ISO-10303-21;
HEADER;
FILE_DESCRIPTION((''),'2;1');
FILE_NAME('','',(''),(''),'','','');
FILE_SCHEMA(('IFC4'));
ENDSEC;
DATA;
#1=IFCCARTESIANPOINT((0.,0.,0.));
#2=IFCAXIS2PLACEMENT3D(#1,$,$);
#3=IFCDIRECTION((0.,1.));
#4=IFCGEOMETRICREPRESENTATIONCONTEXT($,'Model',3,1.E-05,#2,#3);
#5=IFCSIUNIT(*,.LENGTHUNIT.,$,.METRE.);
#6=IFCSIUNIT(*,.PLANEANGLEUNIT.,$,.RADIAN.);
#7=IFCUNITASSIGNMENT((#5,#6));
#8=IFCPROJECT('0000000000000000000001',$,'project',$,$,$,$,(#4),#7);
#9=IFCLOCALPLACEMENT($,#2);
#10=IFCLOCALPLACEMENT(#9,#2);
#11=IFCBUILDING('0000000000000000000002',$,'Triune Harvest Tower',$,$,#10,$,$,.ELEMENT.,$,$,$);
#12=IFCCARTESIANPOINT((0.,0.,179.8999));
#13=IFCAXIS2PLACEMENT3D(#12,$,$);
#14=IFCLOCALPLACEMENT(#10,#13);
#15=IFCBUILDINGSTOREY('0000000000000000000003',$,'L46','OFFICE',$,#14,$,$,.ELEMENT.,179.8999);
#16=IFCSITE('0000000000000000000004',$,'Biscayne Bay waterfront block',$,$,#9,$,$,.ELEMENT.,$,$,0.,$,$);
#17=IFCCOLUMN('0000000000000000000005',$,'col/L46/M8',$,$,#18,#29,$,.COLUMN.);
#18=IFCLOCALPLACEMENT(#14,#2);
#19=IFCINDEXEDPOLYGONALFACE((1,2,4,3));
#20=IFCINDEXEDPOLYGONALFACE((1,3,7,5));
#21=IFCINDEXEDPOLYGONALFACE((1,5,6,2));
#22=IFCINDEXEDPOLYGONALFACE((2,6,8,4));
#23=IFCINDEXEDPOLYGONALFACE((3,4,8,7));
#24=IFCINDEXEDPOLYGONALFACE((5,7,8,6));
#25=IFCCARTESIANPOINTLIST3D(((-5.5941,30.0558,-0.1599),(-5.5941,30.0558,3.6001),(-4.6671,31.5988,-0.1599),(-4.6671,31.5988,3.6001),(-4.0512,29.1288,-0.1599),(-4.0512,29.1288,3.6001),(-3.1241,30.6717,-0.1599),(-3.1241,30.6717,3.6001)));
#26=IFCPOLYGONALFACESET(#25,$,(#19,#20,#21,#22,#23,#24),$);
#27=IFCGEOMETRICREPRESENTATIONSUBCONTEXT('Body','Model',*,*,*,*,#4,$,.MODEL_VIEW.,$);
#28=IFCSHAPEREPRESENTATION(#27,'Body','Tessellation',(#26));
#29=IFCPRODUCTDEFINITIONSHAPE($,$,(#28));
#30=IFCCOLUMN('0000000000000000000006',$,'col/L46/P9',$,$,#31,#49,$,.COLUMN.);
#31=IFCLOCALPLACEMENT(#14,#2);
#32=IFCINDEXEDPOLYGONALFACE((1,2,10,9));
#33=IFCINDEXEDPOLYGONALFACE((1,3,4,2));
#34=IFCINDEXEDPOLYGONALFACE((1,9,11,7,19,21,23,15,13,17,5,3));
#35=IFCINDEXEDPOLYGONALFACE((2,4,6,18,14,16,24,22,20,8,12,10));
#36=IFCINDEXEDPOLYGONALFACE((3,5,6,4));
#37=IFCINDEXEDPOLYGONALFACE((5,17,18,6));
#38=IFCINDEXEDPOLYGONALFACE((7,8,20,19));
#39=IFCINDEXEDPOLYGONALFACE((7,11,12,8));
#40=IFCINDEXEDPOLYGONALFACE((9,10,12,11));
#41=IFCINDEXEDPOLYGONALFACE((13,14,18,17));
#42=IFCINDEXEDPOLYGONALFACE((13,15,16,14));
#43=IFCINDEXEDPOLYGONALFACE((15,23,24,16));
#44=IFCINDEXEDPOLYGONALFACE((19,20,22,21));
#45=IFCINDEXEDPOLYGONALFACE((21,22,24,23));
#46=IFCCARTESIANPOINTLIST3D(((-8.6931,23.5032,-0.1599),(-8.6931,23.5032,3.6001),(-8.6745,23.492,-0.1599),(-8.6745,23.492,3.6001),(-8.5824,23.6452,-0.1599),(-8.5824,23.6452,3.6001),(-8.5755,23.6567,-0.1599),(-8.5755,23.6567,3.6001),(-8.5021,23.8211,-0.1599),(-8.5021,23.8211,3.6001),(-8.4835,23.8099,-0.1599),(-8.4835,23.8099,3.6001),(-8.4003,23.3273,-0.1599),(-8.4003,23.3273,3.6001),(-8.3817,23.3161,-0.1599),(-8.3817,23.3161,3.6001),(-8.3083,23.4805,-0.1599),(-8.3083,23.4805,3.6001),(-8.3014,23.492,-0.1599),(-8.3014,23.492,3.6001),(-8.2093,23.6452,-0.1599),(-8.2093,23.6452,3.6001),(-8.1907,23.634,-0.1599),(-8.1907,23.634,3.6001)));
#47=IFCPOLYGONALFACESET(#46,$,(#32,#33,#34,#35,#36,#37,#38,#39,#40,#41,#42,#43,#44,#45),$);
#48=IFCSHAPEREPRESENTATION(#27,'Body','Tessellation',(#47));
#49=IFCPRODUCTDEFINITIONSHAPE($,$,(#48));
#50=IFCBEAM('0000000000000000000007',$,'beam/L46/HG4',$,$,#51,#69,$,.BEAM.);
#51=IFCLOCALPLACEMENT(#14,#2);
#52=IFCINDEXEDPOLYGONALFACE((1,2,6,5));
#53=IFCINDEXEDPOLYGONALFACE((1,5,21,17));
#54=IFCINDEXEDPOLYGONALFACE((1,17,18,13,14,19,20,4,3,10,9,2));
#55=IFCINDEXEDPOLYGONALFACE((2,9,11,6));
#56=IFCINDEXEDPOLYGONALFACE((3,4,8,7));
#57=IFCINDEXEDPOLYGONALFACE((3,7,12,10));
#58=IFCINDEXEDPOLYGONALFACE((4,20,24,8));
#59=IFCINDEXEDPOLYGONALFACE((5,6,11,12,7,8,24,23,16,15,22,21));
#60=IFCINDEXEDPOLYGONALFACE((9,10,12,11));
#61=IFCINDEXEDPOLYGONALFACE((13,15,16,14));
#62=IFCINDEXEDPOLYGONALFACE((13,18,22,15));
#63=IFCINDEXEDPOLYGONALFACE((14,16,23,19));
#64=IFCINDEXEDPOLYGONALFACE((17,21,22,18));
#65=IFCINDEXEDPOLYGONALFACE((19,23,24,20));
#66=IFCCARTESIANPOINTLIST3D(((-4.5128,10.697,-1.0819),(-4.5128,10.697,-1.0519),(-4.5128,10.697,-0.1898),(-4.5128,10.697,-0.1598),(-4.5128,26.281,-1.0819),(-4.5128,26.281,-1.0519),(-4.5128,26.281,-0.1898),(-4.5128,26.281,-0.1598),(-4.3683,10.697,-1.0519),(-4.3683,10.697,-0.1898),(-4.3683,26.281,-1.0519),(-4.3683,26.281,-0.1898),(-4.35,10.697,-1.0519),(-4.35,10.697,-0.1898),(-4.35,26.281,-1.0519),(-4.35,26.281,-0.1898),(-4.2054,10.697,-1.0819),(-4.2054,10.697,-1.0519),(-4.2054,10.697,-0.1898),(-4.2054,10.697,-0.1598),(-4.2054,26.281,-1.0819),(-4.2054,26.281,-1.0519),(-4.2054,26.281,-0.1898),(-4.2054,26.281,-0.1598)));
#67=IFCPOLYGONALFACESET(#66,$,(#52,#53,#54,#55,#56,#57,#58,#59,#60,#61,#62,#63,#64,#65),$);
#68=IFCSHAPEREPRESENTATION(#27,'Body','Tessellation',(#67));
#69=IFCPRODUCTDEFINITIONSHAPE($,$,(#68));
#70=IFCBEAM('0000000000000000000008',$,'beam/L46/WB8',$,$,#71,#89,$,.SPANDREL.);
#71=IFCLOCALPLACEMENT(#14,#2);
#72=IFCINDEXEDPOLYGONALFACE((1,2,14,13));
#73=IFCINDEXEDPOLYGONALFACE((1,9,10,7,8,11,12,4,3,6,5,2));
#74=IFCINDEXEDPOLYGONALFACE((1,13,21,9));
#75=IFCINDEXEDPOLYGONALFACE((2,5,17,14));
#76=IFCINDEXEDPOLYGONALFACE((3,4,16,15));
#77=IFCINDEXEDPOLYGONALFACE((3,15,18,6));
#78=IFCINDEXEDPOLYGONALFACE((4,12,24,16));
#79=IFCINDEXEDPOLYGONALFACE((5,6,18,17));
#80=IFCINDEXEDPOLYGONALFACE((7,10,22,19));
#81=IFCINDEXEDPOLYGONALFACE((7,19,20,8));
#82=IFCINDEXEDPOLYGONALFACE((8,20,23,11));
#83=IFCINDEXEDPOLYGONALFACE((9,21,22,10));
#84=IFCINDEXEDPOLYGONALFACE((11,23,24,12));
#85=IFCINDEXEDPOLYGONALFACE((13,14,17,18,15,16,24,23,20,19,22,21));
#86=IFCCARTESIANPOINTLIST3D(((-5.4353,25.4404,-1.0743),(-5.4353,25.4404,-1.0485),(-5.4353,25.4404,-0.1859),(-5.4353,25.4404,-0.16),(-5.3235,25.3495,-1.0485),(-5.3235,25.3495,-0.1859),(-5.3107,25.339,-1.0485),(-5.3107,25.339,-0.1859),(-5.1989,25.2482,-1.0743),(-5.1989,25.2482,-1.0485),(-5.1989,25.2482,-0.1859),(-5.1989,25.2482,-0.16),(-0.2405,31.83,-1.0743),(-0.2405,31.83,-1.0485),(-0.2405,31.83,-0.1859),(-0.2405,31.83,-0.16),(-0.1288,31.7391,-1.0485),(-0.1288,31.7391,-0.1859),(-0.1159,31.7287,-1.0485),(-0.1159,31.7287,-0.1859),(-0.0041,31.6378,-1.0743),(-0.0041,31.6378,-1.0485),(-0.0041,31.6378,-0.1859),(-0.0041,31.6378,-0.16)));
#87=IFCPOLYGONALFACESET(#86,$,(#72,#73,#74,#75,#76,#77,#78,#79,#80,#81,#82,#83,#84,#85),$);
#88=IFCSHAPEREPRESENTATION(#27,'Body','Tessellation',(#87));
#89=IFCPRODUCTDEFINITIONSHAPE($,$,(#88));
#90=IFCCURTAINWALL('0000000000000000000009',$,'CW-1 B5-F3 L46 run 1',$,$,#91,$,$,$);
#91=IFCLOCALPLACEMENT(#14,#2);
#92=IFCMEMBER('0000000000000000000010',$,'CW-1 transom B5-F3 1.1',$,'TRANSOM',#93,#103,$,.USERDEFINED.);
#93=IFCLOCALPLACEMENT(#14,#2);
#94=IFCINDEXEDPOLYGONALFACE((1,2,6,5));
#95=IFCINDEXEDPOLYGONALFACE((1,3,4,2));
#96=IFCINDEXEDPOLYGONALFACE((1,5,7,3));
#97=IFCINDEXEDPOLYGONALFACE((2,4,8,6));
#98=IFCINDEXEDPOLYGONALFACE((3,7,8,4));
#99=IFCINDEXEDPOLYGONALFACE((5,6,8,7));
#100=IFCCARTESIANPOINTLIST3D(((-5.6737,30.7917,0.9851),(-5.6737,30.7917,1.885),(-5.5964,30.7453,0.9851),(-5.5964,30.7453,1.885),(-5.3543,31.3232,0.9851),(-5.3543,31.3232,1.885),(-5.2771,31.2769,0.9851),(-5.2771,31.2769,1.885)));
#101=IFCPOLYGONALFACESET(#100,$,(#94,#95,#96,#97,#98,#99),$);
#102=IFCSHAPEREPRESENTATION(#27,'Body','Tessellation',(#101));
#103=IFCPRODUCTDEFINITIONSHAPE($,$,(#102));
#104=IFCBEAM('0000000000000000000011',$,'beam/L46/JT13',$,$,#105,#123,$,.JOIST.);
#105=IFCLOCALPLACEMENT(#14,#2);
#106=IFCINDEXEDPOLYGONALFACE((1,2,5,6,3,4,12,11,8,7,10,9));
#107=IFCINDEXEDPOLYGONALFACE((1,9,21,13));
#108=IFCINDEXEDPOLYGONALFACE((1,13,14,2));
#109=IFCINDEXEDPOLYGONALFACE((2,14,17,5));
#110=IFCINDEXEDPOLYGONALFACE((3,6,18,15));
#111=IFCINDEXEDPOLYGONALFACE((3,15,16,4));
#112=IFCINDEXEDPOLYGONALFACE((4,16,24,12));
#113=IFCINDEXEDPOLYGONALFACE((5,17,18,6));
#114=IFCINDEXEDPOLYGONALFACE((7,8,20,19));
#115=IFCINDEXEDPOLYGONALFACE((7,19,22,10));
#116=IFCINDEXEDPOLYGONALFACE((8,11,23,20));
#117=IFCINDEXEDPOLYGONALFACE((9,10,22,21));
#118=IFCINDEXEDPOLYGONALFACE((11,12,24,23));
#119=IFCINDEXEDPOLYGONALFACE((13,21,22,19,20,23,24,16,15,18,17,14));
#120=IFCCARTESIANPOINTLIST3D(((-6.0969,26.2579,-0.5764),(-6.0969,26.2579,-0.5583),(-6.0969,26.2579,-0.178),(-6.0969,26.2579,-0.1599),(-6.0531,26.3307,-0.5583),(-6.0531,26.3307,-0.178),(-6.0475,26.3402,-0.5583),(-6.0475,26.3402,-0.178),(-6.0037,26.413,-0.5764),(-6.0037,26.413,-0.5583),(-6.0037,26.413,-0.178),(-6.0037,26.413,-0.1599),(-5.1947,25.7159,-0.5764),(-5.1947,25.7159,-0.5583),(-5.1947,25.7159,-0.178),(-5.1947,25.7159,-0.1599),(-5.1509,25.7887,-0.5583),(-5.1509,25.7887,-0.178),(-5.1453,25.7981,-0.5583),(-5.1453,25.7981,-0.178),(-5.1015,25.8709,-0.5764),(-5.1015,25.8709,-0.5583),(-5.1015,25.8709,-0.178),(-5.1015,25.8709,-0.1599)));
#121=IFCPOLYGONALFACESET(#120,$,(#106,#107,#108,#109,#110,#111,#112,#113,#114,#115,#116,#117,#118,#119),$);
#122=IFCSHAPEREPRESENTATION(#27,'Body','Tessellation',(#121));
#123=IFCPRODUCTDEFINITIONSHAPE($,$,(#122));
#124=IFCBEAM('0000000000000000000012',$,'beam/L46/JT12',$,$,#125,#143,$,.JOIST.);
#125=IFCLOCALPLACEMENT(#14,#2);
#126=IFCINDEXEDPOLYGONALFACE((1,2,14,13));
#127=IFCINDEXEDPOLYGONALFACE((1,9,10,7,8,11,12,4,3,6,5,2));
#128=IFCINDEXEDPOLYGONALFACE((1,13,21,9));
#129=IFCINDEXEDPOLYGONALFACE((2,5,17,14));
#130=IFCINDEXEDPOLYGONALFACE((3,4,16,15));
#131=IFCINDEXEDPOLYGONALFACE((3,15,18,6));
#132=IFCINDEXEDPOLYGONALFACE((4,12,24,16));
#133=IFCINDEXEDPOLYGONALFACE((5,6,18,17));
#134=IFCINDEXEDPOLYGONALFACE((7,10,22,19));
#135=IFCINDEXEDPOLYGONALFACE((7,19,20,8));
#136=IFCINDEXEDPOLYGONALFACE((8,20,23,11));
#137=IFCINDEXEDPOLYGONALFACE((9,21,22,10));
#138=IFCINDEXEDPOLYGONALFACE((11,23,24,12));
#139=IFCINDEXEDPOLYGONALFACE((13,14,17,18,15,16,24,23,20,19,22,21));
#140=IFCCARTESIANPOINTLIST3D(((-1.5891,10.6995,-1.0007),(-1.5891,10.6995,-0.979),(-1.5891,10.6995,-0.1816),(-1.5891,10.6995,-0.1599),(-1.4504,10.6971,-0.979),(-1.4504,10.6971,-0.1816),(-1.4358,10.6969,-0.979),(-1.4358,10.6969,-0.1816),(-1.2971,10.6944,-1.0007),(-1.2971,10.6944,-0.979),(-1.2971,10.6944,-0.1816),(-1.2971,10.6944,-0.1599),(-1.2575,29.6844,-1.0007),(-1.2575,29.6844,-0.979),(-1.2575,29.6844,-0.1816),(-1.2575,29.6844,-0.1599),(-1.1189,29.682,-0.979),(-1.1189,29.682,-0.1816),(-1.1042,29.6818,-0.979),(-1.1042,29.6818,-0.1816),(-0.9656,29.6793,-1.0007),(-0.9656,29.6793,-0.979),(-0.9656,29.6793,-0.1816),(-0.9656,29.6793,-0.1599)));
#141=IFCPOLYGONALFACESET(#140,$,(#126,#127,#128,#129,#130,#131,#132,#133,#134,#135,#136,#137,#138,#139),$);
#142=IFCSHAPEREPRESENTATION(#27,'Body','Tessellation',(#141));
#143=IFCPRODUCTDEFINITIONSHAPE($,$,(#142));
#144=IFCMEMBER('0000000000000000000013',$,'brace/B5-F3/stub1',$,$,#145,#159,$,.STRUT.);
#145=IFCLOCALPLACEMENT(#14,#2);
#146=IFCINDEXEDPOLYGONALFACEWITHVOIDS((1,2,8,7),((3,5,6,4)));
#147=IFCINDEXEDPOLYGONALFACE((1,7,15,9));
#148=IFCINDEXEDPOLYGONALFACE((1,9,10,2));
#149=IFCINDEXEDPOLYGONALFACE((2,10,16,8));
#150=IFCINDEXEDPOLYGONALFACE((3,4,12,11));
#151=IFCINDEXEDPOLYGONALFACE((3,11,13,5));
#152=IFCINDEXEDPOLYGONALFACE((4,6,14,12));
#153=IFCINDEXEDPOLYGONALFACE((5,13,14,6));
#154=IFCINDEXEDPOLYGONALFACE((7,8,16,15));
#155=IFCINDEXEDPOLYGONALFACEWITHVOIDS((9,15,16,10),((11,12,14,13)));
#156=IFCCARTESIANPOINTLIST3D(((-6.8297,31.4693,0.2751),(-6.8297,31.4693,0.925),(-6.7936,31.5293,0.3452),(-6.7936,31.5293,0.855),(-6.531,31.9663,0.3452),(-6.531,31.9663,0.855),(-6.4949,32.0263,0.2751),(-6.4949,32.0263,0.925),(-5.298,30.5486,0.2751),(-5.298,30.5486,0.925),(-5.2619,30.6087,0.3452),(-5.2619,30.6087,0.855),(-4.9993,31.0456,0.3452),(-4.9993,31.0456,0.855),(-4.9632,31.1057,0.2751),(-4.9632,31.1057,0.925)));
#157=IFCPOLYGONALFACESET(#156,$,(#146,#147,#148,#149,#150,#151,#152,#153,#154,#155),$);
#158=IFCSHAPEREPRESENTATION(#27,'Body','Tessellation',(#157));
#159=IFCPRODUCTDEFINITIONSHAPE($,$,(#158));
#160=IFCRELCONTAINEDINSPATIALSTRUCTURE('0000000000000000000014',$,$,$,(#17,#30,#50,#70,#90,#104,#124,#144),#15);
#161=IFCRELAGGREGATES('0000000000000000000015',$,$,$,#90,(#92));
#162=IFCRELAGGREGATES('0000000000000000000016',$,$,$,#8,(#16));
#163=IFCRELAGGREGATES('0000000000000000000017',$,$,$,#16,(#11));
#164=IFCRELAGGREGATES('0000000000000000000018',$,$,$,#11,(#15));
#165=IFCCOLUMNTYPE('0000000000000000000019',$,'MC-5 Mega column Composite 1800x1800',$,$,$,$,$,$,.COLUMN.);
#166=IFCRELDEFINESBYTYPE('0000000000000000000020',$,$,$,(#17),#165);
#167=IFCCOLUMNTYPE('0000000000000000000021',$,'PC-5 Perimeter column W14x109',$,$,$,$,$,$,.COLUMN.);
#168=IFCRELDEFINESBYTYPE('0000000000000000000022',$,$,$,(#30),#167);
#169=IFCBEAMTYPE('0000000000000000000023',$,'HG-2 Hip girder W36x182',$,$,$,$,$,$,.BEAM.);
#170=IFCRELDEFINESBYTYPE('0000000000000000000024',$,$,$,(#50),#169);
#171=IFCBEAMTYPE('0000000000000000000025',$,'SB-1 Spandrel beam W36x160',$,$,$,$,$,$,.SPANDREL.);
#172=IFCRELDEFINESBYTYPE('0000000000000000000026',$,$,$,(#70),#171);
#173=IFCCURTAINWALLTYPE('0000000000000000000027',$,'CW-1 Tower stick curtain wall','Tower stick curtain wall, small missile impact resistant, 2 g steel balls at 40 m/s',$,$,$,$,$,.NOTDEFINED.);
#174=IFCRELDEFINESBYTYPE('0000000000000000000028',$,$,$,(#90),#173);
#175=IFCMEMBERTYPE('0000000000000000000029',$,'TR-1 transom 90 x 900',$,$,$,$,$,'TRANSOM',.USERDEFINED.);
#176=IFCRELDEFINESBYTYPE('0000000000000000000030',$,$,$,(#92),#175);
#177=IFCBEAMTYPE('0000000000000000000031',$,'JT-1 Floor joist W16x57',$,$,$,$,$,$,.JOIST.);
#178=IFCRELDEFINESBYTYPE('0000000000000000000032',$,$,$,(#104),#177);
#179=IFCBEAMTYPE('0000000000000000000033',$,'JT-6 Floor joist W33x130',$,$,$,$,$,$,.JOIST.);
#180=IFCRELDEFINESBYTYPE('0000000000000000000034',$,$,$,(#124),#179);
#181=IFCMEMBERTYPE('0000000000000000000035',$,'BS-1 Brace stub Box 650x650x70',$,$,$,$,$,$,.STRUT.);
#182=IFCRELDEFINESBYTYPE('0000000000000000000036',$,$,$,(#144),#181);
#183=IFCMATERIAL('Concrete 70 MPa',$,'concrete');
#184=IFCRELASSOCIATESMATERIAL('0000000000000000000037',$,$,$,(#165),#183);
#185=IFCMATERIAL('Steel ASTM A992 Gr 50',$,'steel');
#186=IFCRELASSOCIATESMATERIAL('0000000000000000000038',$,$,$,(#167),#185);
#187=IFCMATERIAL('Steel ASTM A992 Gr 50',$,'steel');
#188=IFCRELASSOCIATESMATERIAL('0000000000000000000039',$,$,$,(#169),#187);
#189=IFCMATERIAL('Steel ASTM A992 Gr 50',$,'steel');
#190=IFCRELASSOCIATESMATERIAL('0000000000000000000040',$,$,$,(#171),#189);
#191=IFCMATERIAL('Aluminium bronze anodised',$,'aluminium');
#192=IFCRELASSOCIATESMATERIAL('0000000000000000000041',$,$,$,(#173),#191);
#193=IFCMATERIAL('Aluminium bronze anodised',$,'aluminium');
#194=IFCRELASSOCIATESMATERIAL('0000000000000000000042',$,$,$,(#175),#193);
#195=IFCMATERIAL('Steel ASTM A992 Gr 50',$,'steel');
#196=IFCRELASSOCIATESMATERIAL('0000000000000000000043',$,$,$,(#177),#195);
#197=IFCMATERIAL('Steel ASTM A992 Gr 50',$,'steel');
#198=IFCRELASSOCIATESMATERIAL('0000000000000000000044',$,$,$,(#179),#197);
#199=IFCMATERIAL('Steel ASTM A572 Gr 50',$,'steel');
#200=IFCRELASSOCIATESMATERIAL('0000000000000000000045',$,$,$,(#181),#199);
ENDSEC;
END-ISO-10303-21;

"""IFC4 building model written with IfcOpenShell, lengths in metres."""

from ifc_helpers import new_model, si_unit, direction, frame, origin, origin_2d, place, context, subcontext, project, spatial, rectangle, hollow_rectangle, i_section, extrude, source, transform, mapped, material, material_profile, profile_set, type_object, element, aggregate, save


model = new_model("IFC4")

# Units and contexts
model_context = context("Model", 3, precision=1e-05, world=origin(), true_north=direction((0.0, 1.0)))
body_context = subcontext(model_context, "Body", "Model", "MODEL_VIEW")
ifc_project = project(units=[si_unit("LENGTHUNIT", "METRE"), si_unit("PLANEANGLEUNIT", "RADIAN")], contexts=[model_context])

# Site, building, storey
site_placement = place(None, origin())
site = spatial("IfcSite", under=ifc_project, at=site_placement, Name="Biscayne Bay waterfront block", CompositionType="ELEMENT", RefElevation=0.0)
building_placement = place(site_placement, origin())
building = spatial("IfcBuilding", under=site, at=building_placement, Name="Triune Harvest Tower", CompositionType="ELEMENT")
storey_placement = place(building_placement, frame((0.0, 0.0, 179.8999)))
storey = spatial("IfcBuildingStorey", under=building, at=storey_placement, Name="L46", Description="OFFICE", CompositionType="ELEMENT", Elevation=179.8999)

# Columns
ifc_material_1 = material(Name="Concrete 70 MPa", Category="concrete")
ifc_material_profile_1 = material_profile(ifc_material_1, rectangle(XDim=1.8, YDim=1.8, at=origin_2d()), Name="Composite 1800x1800")
ifc_profile_set_1 = profile_set([ifc_material_profile_1], Name="Concrete 70 MPa")
column_type_1 = type_object("IfcColumnType", Name="MC-5 Mega column Composite 1800x1800", PredefinedType="COLUMN", material=ifc_profile_set_1)
shared_shape_1 = source(origin(), body_context, "Body", "SweptSolid", [
    extrude(rectangle(XDim=1.8, YDim=1.8, at=origin_2d()), origin(), (0.0, 0.0, 1.0), 3.76),
])
column_1_placement = place(storey_placement, frame((-4.3591, 30.3638, -0.1599), z_axis=(0.0, 0.0, 1.0), x_axis=(-0.515037, -0.857168, 0.0)))
element("IfcColumn", 1, at=column_1_placement, inside=storey, type_object=column_type_1, Name="col/L46/M8", PredefinedType="COLUMN", context=body_context, shape_type="MappedRepresentation", body=[
    mapped(shared_shape_1, transform((0.0, 0.0, 0.0), scale=1.0)),
])
ifc_material_2 = material(Name="Steel ASTM A992 Gr 50", Category="steel")
ifc_material_profile_2 = material_profile(ifc_material_2, i_section(OverallWidth=0.3708, OverallDepth=0.3633, WebThickness=0.0134, FlangeThickness=0.0217, at=origin_2d()), Name="W14x109")
ifc_profile_set_2 = profile_set([ifc_material_profile_2], Name="Steel ASTM A992 Gr 50")
column_type_2 = type_object("IfcColumnType", Name="PC-5 Perimeter column W14x109", PredefinedType="COLUMN", material=ifc_profile_set_2)
shared_shape_2 = source(origin(), body_context, "Body", "SweptSolid", [
    extrude(i_section(OverallWidth=0.3708, OverallDepth=0.3633, WebThickness=0.0134, FlangeThickness=0.0217, at=origin_2d()), origin(), (0.0, 0.0, 1.0), 3.76),
])
column_2_placement = place(storey_placement, frame((-8.4419, 23.5686, -0.1599), z_axis=(0.0, 0.0, 1.0), x_axis=(-0.515037, -0.857168, 0.0)))
element("IfcColumn", 2, at=column_2_placement, inside=storey, type_object=column_type_2, Name="col/L46/P9", PredefinedType="COLUMN", context=body_context, shape_type="MappedRepresentation", body=[
    mapped(shared_shape_2, transform((0.0, 0.0, 0.0), scale=1.0)),
])

# Beams
ifc_material_3 = material(Name="Steel ASTM A992 Gr 50", Category="steel")
ifc_material_profile_3 = material_profile(ifc_material_3, i_section(OverallWidth=0.3074, OverallDepth=0.9221, WebThickness=0.0183, FlangeThickness=0.03, at=origin_2d()), Name="W36x182")
ifc_profile_set_3 = profile_set([ifc_material_profile_3], Name="Steel ASTM A992 Gr 50")
beam_type_1 = type_object("IfcBeamType", Name="HG-2 Hip girder W36x182", PredefinedType="BEAM", material=ifc_profile_set_3)
beam_1_placement = place(storey_placement, frame((-4.3591, 26.281, -0.6208), z_axis=(0.0, -1.0, 0.0), x_axis=(1.0, 0.0, 0.0)))
element("IfcBeam", 3, at=beam_1_placement, inside=storey, type_object=beam_type_1, Name="beam/L46/HG4", PredefinedType="BEAM", context=body_context, shape_type="SweptSolid", body=[
    extrude(i_section(OverallWidth=0.3074, OverallDepth=0.9221, WebThickness=0.0183, FlangeThickness=0.03, at=origin_2d()), origin(), (0.0, 0.0, 1.0), 15.584),
])
ifc_material_4 = material(Name="Steel ASTM A992 Gr 50", Category="steel")
ifc_material_profile_4 = material_profile(ifc_material_4, i_section(OverallWidth=0.3047, OverallDepth=0.9143, WebThickness=0.0166, FlangeThickness=0.0259, at=origin_2d()), Name="W36x160")
ifc_profile_set_4 = profile_set([ifc_material_profile_4], Name="Steel ASTM A992 Gr 50")
beam_type_2 = type_object("IfcBeamType", Name="SB-1 Spandrel beam W36x160", PredefinedType="SPANDREL", material=ifc_profile_set_4)
beam_2_placement = place(storey_placement, frame((-0.1223, 31.7339, -0.6172), z_axis=(-0.630829, -0.775922, 0.0), x_axis=(0.775922, -0.630829, 0.0)))
element("IfcBeam", 4, at=beam_2_placement, inside=storey, type_object=beam_type_2, Name="beam/L46/WB8", PredefinedType="SPANDREL", context=body_context, shape_type="SweptSolid", body=[
    extrude(i_section(OverallWidth=0.3047, OverallDepth=0.9143, WebThickness=0.0166, FlangeThickness=0.0259, at=origin_2d()), origin(), (0.0, 0.0, 1.0), 8.2349),
])

# Curtain wall, member
ifc_material_5 = material(Name="Aluminium bronze anodised", Category="aluminium")
curtain_wall_type_1 = type_object("IfcCurtainWallType", Name="CW-1 Tower stick curtain wall", Description="Tower stick curtain wall, small missile impact resistant, 2 g steel balls at 40 m/s", PredefinedType="NOTDEFINED", material=ifc_material_5)
curtain_wall_1_placement = place(storey_placement, origin())
curtain_wall_1 = element("IfcCurtainWall", 5, at=curtain_wall_1_placement, inside=storey, type_object=curtain_wall_type_1, Name="CW-1 B5-F3 L46 run 1")
ifc_material_6 = material(Name="Aluminium bronze anodised", Category="aluminium")
ifc_material_profile_5 = material_profile(ifc_material_6, rectangle(XDim=0.0901, YDim=0.8999, at=origin_2d()), Name="TR-1 transom 90 x 900")
ifc_profile_set_5 = profile_set([ifc_material_profile_5], Name="Aluminium bronze anodised")
member_type_1 = type_object("IfcMemberType", Name="TR-1 transom 90 x 900", ElementType="TRANSOM", PredefinedType="USERDEFINED", material=ifc_profile_set_5)
member_1_placement = place(storey_placement, frame((-5.3157, 31.3, 1.4351), z_axis=(-0.515017, -0.85718, 0.0), x_axis=(0.85718, -0.515017, 0.0)))
member_1 = element("IfcMember", 6, at=member_1_placement, type_object=member_type_1, Name="CW-1 transom B5-F3 1.1", ObjectType="TRANSOM", PredefinedType="USERDEFINED", context=body_context, shape_type="SweptSolid", body=[
    extrude(rectangle(XDim=0.0901, YDim=0.8999, at=origin_2d()), origin(), (0.0, 0.0, 1.0), 0.6201),
])

# Beams
ifc_material_7 = material(Name="Steel ASTM A992 Gr 50", Category="steel")
ifc_material_profile_6 = material_profile(ifc_material_7, i_section(OverallWidth=0.1809, OverallDepth=0.4165, WebThickness=0.011, FlangeThickness=0.0181, at=origin_2d()), Name="W16x57")
ifc_profile_set_6 = profile_set([ifc_material_profile_6], Name="Steel ASTM A992 Gr 50")
beam_type_3 = type_object("IfcBeamType", Name="JT-1 Floor joist W16x57", PredefinedType="JOIST", material=ifc_profile_set_6)
shared_shape_3 = source(origin(), body_context, "Body", "SweptSolid", [
    extrude(i_section(OverallWidth=0.1809, OverallDepth=0.4165, WebThickness=0.011, FlangeThickness=0.0181, at=origin_2d()), origin(), (0.0, 0.0, 1.0), 1.0525),
])
beam_3_placement = place(storey_placement, frame((-6.0503, 26.3354, -0.3682), z_axis=(0.857186, -0.515007, 0.0), x_axis=(0.515007, 0.857186, 0.0)))
element("IfcBeam", 7, at=beam_3_placement, inside=storey, type_object=beam_type_3, Name="beam/L46/JT13", PredefinedType="JOIST", context=body_context, shape_type="MappedRepresentation", body=[
    mapped(shared_shape_3, transform((0.0, 0.0, 0.0), scale=1.0)),
])
ifc_material_8 = material(Name="Steel ASTM A992 Gr 50", Category="steel")
ifc_material_profile_7 = material_profile(ifc_material_8, i_section(OverallWidth=0.292, OverallDepth=0.8408, WebThickness=0.0146, FlangeThickness=0.0217, at=origin_2d()), Name="W33x130")
ifc_profile_set_7 = profile_set([ifc_material_profile_7], Name="Steel ASTM A992 Gr 50")
beam_type_4 = type_object("IfcBeamType", Name="JT-6 Floor joist W33x130", PredefinedType="JOIST", material=ifc_profile_set_7)
shared_shape_4 = source(origin(), body_context, "Body", "SweptSolid", [
    extrude(i_section(OverallWidth=0.292, OverallDepth=0.8408, WebThickness=0.0146, FlangeThickness=0.0217, at=origin_2d()), origin(), (0.0, 0.0, 1.0), 18.9878),
])
beam_4_placement = place(storey_placement, frame((-1.1116, 29.6819, -0.5803), z_axis=(-0.017461, -0.999848, 0.0), x_axis=(0.999848, -0.017461, 0.0)))
element("IfcBeam", 8, at=beam_4_placement, inside=storey, type_object=beam_type_4, Name="beam/L46/JT12", PredefinedType="JOIST", context=body_context, shape_type="MappedRepresentation", body=[
    mapped(shared_shape_4, transform((0.0, 0.0, 0.0), scale=1.0)),
])

# Member
ifc_material_9 = material(Name="Steel ASTM A572 Gr 50", Category="steel")
ifc_material_profile_8 = material_profile(ifc_material_9, hollow_rectangle(XDim=0.6499, YDim=0.6499, WallThickness=0.0701, at=origin_2d()), Name="Box 650x650x70")
ifc_profile_set_8 = profile_set([ifc_material_profile_8], Name="Steel ASTM A572 Gr 50")
member_type_2 = type_object("IfcMemberType", Name="BS-1 Brace stub Box 650x650x70", PredefinedType="STRUT", material=ifc_profile_set_8)
shared_shape_5 = source(origin(), body_context, "Body", "SweptSolid", [
    extrude(hollow_rectangle(XDim=0.6499, YDim=0.6499, WallThickness=0.0701, at=origin_2d()), origin(), (0.0, 0.0, 1.0), 1.7871),
])
member_2_placement = place(storey_placement, frame((-5.1306, 30.8271, 0.6001), z_axis=(-0.857095, 0.515159, 0.0), x_axis=(-0.515159, -0.857095, 0.0)))
element("IfcMember", 9, at=member_2_placement, inside=storey, type_object=member_type_2, Name="brace/B5-F3/stub1", PredefinedType="STRUT", context=body_context, shape_type="MappedRepresentation", body=[
    mapped(shared_shape_5, transform((0.0, 0.0, 0.0), scale=1.0)),
])

aggregate(curtain_wall_1, [member_1])

save(model, "model.ifc")
